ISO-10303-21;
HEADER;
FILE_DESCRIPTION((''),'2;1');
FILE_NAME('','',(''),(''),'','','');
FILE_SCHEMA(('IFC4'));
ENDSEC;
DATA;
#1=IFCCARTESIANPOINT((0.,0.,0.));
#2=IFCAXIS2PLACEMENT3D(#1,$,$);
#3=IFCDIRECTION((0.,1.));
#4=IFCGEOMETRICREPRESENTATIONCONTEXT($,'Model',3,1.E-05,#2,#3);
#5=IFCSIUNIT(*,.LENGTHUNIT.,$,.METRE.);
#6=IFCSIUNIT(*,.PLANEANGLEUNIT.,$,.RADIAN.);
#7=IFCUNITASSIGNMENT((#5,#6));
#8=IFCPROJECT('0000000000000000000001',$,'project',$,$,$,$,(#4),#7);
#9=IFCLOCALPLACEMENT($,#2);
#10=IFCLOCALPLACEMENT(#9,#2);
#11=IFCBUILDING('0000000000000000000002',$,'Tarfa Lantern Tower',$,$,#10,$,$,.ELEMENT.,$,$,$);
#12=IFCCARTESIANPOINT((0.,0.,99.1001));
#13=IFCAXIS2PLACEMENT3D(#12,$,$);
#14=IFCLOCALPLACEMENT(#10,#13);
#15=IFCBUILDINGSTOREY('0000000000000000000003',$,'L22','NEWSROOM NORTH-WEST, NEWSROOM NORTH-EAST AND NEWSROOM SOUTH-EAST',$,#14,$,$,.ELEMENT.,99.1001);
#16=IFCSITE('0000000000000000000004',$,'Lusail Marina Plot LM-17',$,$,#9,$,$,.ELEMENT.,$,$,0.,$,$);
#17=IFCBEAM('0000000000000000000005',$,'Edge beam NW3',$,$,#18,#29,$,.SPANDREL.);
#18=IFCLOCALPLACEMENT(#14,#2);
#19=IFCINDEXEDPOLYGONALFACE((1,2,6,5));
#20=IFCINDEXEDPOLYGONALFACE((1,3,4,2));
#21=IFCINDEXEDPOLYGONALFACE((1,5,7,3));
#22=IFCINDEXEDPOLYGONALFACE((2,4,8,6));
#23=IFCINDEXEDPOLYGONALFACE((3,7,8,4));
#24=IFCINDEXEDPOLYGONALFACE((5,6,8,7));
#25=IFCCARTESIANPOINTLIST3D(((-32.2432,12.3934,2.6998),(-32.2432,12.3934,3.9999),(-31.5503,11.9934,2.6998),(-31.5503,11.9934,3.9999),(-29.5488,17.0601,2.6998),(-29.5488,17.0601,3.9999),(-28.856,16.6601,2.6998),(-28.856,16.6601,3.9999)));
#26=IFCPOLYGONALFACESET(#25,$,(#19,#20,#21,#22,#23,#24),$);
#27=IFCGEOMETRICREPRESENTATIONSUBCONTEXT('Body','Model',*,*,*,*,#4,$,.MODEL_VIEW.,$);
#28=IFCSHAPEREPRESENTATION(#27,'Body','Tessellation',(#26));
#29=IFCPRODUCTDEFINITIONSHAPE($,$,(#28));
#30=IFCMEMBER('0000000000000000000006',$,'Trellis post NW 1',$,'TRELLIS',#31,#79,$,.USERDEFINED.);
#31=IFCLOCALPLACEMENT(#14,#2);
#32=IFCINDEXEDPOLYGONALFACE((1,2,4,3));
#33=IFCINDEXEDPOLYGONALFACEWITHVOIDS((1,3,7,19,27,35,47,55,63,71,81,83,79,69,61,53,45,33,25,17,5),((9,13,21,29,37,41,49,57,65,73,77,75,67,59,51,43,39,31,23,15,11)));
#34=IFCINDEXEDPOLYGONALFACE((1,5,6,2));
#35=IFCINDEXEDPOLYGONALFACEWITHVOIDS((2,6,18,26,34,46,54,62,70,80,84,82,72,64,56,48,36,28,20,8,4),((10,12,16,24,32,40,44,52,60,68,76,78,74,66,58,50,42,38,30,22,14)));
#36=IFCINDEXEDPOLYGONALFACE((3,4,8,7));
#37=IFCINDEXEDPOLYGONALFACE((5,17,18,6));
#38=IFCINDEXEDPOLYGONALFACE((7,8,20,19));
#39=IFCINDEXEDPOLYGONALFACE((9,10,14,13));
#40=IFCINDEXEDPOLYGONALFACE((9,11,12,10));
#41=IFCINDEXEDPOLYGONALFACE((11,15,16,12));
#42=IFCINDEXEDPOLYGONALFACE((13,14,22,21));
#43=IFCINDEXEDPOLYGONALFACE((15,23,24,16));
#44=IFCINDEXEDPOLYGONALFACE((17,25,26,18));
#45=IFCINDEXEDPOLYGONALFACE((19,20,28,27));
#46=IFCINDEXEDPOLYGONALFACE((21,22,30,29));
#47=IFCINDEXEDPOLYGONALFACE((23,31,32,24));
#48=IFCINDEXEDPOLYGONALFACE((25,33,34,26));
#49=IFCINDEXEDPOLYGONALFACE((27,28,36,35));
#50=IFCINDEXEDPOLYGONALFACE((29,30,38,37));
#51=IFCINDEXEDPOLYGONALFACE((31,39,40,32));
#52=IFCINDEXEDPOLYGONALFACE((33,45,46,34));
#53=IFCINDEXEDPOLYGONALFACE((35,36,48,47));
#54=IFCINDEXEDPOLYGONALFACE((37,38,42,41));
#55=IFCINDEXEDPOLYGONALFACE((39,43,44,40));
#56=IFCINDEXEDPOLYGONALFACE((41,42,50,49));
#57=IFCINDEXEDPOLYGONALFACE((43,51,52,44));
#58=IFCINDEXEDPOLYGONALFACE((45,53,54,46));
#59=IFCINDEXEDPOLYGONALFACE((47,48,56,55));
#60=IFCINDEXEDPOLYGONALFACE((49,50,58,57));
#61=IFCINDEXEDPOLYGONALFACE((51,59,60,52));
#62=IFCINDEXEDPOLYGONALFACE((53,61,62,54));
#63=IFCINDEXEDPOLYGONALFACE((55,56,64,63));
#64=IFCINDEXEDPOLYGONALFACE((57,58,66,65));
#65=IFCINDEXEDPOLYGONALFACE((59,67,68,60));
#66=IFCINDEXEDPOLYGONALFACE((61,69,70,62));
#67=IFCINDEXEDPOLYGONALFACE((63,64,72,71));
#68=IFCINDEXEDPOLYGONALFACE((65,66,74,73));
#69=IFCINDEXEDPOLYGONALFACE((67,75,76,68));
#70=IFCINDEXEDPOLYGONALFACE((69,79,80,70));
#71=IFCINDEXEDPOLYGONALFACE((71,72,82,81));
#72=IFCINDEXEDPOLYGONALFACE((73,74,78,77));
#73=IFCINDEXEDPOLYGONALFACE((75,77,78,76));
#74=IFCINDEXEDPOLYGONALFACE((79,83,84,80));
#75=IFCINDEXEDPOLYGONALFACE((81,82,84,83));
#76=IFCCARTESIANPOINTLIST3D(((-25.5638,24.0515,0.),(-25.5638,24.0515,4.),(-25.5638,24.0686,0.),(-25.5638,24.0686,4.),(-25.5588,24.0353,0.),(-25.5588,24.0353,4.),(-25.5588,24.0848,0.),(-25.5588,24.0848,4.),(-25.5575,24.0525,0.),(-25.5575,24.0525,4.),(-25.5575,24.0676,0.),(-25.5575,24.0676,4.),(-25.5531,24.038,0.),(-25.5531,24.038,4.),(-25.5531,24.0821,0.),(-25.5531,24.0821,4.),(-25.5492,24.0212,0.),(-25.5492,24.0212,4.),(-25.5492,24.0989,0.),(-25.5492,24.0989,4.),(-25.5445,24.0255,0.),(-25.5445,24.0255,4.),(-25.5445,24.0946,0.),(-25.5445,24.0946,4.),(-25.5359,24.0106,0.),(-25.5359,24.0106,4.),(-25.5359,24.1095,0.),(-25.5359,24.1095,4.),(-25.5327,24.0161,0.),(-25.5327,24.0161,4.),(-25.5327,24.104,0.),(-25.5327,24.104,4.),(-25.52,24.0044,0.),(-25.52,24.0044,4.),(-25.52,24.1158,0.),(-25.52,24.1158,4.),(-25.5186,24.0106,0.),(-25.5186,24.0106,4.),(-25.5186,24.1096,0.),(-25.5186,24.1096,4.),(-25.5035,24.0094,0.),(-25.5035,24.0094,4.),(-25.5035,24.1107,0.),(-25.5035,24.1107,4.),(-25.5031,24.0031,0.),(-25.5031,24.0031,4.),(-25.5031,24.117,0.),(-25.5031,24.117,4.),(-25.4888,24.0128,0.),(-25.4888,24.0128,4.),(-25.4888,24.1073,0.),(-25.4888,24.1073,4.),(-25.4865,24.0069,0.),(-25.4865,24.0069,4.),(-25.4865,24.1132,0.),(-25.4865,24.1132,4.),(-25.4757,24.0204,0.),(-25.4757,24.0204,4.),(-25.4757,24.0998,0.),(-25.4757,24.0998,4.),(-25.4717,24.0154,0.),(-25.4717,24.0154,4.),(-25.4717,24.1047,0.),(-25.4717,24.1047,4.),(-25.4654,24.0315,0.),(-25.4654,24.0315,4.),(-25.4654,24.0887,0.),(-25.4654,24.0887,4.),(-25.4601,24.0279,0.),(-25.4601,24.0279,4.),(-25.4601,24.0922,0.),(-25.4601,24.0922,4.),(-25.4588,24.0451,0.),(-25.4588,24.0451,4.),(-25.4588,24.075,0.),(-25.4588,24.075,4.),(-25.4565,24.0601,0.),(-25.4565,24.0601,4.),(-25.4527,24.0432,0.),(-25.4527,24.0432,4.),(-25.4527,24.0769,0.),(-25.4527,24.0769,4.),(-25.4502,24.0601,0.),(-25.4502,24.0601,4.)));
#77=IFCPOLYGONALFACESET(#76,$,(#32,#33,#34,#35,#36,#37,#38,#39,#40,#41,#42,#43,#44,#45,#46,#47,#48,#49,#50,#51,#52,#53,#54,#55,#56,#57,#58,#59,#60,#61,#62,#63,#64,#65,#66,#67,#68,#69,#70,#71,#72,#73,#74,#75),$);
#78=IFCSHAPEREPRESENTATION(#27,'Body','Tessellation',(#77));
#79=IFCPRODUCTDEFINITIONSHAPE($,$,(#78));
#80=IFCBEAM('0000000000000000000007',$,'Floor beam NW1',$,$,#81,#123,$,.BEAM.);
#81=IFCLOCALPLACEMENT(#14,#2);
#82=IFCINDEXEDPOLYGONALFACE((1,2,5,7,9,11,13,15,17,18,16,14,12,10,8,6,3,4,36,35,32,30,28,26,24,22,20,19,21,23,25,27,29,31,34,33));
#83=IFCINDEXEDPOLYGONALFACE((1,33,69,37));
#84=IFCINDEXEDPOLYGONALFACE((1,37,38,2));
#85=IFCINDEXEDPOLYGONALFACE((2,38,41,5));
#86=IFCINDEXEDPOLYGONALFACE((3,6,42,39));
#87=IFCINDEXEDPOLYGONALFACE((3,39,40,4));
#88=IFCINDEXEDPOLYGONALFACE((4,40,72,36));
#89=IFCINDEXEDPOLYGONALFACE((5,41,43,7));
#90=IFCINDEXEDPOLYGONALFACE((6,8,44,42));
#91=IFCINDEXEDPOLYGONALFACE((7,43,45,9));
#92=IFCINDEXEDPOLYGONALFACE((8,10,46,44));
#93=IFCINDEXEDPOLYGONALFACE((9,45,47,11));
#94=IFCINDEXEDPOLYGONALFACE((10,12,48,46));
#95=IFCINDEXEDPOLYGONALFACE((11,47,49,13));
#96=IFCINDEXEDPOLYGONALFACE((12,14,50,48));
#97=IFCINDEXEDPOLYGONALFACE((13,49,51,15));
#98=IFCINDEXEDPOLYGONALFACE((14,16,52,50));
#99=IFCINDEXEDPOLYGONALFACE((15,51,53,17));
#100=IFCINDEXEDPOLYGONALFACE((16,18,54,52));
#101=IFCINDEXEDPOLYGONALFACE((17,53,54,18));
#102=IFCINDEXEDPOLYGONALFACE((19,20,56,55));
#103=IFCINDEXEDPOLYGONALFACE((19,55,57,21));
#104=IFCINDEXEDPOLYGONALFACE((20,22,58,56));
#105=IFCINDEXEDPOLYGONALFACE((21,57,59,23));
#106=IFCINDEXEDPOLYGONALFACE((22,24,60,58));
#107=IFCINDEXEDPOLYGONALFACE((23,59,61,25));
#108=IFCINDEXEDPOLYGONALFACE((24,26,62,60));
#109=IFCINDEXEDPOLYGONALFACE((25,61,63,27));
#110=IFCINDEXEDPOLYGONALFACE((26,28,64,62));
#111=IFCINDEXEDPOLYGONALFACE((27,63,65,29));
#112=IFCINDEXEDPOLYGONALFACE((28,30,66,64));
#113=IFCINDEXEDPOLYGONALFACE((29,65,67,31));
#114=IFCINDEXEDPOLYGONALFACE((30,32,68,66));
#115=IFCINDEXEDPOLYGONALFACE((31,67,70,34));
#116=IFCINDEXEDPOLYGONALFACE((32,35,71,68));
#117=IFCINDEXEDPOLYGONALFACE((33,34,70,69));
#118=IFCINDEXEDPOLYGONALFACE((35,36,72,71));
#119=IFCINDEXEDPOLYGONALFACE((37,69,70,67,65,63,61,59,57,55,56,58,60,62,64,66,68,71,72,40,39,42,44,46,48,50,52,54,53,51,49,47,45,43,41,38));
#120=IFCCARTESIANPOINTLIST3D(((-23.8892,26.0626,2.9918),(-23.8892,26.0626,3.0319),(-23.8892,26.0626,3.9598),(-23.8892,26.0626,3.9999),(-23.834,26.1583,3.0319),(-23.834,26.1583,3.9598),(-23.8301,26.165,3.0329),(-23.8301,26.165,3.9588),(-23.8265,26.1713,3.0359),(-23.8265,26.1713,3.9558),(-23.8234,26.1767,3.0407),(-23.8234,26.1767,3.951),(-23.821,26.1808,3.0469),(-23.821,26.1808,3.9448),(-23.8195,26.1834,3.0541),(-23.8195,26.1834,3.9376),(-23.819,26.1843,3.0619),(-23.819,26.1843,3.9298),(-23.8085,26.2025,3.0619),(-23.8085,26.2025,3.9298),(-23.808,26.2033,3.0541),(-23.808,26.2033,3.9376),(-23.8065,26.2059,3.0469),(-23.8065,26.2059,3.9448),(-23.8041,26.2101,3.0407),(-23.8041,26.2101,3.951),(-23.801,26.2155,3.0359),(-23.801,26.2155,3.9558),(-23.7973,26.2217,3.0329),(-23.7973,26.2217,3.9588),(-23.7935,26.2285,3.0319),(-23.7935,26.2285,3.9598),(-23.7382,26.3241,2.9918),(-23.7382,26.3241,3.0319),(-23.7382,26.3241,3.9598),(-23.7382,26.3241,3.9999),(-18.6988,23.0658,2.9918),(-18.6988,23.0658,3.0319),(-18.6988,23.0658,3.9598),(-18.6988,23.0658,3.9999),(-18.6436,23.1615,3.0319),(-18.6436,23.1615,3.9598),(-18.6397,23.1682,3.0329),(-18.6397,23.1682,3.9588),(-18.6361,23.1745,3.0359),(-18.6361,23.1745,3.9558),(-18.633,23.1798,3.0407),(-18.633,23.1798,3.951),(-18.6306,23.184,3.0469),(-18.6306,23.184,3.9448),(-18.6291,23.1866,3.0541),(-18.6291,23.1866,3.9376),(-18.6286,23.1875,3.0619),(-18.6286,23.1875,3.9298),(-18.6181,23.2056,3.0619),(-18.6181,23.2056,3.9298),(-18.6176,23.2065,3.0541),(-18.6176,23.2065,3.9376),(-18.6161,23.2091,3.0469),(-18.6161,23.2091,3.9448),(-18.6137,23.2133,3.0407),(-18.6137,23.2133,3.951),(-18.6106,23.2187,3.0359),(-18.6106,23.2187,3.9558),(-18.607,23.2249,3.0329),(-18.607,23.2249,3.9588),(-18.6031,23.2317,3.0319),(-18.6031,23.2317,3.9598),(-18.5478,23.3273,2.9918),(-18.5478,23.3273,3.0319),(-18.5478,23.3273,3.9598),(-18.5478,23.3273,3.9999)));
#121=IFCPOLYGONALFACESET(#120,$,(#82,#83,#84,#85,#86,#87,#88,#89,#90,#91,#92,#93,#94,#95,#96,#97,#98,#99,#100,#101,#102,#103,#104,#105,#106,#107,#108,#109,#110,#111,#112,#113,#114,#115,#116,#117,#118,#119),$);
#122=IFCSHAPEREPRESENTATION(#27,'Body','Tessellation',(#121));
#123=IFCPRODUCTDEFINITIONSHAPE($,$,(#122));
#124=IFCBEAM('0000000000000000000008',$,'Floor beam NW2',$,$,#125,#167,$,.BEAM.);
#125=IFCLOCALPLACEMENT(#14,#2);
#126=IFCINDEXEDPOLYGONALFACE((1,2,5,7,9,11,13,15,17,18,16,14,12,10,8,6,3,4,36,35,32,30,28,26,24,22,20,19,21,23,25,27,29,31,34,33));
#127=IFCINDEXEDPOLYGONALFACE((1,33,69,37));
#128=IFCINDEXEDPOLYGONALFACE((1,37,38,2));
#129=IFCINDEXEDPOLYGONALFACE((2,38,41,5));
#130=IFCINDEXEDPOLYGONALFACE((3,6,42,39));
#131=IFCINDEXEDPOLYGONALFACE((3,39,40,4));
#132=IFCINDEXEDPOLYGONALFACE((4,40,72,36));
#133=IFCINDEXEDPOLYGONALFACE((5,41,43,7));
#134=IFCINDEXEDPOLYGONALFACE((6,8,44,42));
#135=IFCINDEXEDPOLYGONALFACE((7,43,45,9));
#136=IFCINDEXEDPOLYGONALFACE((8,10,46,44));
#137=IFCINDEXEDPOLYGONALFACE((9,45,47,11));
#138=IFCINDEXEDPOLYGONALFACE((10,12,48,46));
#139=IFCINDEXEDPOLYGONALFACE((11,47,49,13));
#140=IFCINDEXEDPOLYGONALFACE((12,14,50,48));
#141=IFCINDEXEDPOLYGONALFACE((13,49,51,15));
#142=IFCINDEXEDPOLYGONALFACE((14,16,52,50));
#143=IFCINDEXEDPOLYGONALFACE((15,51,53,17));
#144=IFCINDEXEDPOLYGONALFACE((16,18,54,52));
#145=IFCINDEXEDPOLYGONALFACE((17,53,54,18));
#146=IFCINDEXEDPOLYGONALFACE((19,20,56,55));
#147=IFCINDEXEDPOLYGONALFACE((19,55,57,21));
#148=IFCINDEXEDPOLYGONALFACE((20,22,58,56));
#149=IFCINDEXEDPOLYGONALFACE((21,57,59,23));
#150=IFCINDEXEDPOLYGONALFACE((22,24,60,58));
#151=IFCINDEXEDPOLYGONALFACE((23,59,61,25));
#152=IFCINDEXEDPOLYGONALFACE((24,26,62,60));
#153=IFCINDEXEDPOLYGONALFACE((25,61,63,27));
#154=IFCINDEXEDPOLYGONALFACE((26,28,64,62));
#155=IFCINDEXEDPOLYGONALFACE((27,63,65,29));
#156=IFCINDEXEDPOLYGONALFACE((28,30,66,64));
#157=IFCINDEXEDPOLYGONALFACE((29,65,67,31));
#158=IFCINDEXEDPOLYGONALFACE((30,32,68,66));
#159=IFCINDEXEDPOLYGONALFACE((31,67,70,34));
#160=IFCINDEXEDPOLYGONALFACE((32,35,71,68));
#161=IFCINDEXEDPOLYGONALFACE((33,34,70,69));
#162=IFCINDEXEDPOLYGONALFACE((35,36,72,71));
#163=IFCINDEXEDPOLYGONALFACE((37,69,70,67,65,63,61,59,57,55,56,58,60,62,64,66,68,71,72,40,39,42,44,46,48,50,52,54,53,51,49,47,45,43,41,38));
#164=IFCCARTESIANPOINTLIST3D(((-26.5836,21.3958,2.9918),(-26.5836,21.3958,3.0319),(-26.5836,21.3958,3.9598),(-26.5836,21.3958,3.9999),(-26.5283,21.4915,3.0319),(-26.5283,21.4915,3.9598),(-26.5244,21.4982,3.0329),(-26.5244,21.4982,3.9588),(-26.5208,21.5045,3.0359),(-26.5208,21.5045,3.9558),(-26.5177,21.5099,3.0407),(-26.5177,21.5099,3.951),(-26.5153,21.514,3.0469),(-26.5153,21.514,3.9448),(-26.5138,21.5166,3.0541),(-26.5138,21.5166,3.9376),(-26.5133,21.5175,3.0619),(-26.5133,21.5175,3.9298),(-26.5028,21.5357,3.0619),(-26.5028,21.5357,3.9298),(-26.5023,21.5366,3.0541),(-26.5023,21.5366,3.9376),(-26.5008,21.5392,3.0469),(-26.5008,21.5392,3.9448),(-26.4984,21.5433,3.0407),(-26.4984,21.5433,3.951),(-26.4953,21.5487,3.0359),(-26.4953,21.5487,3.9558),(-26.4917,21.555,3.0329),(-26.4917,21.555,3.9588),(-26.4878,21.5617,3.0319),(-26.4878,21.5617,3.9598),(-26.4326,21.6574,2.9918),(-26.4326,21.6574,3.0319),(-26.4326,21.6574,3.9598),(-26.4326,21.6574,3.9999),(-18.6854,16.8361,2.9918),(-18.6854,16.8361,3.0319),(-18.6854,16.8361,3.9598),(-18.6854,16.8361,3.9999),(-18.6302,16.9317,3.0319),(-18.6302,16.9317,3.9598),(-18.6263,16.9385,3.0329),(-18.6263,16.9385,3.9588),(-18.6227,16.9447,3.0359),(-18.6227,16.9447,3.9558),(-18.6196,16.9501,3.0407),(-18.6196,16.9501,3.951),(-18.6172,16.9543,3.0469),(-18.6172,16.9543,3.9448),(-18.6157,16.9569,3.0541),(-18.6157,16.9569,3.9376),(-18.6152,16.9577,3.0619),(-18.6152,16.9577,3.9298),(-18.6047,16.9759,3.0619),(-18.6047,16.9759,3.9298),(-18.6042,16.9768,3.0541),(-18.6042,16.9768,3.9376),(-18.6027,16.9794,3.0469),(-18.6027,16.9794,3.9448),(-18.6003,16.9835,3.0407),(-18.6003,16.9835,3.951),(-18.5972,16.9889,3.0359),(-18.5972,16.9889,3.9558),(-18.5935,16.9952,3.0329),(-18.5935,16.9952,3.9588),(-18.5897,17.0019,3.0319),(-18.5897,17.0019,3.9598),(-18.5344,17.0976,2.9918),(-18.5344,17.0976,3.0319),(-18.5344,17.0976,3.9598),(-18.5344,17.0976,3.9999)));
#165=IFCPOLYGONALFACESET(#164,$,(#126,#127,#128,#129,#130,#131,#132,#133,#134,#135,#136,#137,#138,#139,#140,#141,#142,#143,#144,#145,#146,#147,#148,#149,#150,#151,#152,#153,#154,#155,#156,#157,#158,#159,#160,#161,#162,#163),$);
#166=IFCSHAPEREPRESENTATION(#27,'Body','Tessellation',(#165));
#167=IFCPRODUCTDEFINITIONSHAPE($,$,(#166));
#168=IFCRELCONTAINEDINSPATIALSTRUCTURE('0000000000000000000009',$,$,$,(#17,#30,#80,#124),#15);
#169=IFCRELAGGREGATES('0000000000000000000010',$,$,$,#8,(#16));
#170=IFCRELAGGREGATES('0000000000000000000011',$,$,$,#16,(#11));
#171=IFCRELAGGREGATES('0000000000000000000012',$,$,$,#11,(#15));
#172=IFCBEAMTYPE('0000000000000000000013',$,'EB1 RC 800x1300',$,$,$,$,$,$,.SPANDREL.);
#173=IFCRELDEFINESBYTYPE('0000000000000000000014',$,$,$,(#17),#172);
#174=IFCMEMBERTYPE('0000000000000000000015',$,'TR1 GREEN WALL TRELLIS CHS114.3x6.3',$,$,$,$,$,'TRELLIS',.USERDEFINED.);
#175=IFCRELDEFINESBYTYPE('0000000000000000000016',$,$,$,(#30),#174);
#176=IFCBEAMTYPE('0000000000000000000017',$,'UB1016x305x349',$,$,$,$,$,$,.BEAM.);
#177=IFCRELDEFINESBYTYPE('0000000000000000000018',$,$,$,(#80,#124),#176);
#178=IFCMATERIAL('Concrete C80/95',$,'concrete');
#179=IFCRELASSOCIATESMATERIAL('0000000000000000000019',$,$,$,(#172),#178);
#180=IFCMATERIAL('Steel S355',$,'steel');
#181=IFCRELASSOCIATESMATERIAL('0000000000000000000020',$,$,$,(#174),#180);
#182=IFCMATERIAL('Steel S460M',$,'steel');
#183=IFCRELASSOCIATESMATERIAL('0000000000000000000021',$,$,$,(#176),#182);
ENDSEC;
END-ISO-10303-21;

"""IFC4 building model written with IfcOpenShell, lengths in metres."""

from ifc_helpers import new_model, si_unit, direction, frame, origin, origin_2d, place, context, subcontext, project, spatial, rectangle, hollow_circle, i_section, extrude, material, material_profile, profile_set, type_object, element, save


model = new_model("IFC4")

# Units and contexts
model_context = context("Model", 3, precision=1e-05, world=origin(), true_north=direction((0.0, 1.0)))
body_context = subcontext(model_context, "Body", "Model", "MODEL_VIEW")
ifc_project = project(units=[si_unit("LENGTHUNIT", "METRE"), si_unit("PLANEANGLEUNIT", "RADIAN")], contexts=[model_context])

# Site, building, storey
site_placement = place(None, origin())
site = spatial("IfcSite", under=ifc_project, at=site_placement, Name="Lusail Marina Plot LM-17", CompositionType="ELEMENT", RefElevation=0.0)
building_placement = place(site_placement, origin())
building = spatial("IfcBuilding", under=site, at=building_placement, Name="Tarfa Lantern Tower", CompositionType="ELEMENT")
storey_placement = place(building_placement, frame((0.0, 0.0, 99.1001)))
storey = spatial("IfcBuildingStorey", under=building, at=storey_placement, Name="L22", Description="NEWSROOM NORTH-WEST, NEWSROOM NORTH-EAST AND NEWSROOM SOUTH-EAST", CompositionType="ELEMENT", Elevation=99.1001)

# Shared definitions
ifc_material_1 = material(Name="Concrete C80/95", Category="concrete")

# Beam
ifc_material_profile_1 = material_profile(ifc_material_1, rectangle(XDim=0.8, YDim=1.3, at=origin_2d()), Name="RC 800x1300")
ifc_profile_set_1 = profile_set([ifc_material_profile_1], Name="Concrete C80/95")
beam_type_1 = type_object("IfcBeamType", Name="EB1 RC 800x1300", PredefinedType="SPANDREL", material=ifc_profile_set_1)
beam_1_placement = place(storey_placement, frame((-29.2024, 16.8601, 3.3499), z_axis=(-0.499998, -0.866026, 0.0), x_axis=(0.866026, -0.499998, 0.0)))
element("IfcBeam", 1, at=beam_1_placement, inside=storey, type_object=beam_type_1, Name="Edge beam NW3", PredefinedType="SPANDREL", context=body_context, shape_type="SweptSolid", body=[
    extrude(rectangle(XDim=0.8, YDim=1.3, at=origin_2d()), origin(), (0.0, 0.0, 1.0), 5.3887),
])

# Member
ifc_material_2 = material(Name="Steel S355", Category="steel")
ifc_material_profile_2 = material_profile(ifc_material_2, hollow_circle(Radius=0.0571, WallThickness=0.0063, at=origin_2d()), Name="CHS114.3x6.3")
ifc_profile_set_2 = profile_set([ifc_material_profile_2], Name="Steel S355")
member_type_1 = type_object("IfcMemberType", Name="TR1 GREEN WALL TRELLIS CHS114.3x6.3", ElementType="TRELLIS", PredefinedType="USERDEFINED", material=ifc_profile_set_2)
member_1_placement = place(storey_placement, frame((-25.5073, 24.0601, 0.0), z_axis=(0.0, 0.0, 1.0), x_axis=(1.0, 0.0, 0.0)))
element("IfcMember", 2, at=member_1_placement, inside=storey, type_object=member_type_1, Name="Trellis post NW 1", ObjectType="TRELLIS", PredefinedType="USERDEFINED", context=body_context, shape_type="SweptSolid", body=[
    extrude(hollow_circle(Radius=0.0571, WallThickness=0.0063, at=origin_2d()), origin(), (0.0, 0.0, 1.0), 4.0),
])

# Beams
ifc_material_3 = material(Name="Steel S460M", Category="steel")
ifc_material_profile_3 = material_profile(ifc_material_3, i_section(OverallWidth=0.302, OverallDepth=1.0081, WebThickness=0.021, FlangeThickness=0.04, FilletRadius=0.03, at=origin_2d()), Name="UB1016x305x349")
ifc_profile_set_3 = profile_set([ifc_material_profile_3], Name="Steel S460M")
beam_type_2 = type_object("IfcBeamType", Name="UB1016x305x349", PredefinedType="BEAM", material=ifc_profile_set_3)
beam_2_placement = place(storey_placement, frame((-23.8137, 26.1934, 3.4958), z_axis=(0.866016, -0.500016, 0.0), x_axis=(0.500016, 0.866016, 0.0)))
element("IfcBeam", 3, at=beam_2_placement, inside=storey, type_object=beam_type_2, Name="Floor beam NW1", PredefinedType="BEAM", context=body_context, shape_type="SweptSolid", body=[
    extrude(i_section(OverallWidth=0.302, OverallDepth=1.0081, WebThickness=0.021, FlangeThickness=0.04, FilletRadius=0.03, at=origin_2d()), origin(), (0.0, 0.0, 1.0), 5.9934),
])
beam_3_placement = place(storey_placement, frame((-26.5081, 21.5266, 3.4958), z_axis=(0.866035, -0.499983, 0.0), x_axis=(0.499983, 0.866035, 0.0)))
element("IfcBeam", 4, at=beam_3_placement, inside=storey, type_object=beam_type_2, Name="Floor beam NW2", PredefinedType="BEAM", context=body_context, shape_type="SweptSolid", body=[
    extrude(i_section(OverallWidth=0.302, OverallDepth=1.0081, WebThickness=0.021, FlangeThickness=0.04, FilletRadius=0.03, at=origin_2d()), origin(), (0.0, 0.0, 1.0), 9.1199),
])

save(model, "model.ifc")
